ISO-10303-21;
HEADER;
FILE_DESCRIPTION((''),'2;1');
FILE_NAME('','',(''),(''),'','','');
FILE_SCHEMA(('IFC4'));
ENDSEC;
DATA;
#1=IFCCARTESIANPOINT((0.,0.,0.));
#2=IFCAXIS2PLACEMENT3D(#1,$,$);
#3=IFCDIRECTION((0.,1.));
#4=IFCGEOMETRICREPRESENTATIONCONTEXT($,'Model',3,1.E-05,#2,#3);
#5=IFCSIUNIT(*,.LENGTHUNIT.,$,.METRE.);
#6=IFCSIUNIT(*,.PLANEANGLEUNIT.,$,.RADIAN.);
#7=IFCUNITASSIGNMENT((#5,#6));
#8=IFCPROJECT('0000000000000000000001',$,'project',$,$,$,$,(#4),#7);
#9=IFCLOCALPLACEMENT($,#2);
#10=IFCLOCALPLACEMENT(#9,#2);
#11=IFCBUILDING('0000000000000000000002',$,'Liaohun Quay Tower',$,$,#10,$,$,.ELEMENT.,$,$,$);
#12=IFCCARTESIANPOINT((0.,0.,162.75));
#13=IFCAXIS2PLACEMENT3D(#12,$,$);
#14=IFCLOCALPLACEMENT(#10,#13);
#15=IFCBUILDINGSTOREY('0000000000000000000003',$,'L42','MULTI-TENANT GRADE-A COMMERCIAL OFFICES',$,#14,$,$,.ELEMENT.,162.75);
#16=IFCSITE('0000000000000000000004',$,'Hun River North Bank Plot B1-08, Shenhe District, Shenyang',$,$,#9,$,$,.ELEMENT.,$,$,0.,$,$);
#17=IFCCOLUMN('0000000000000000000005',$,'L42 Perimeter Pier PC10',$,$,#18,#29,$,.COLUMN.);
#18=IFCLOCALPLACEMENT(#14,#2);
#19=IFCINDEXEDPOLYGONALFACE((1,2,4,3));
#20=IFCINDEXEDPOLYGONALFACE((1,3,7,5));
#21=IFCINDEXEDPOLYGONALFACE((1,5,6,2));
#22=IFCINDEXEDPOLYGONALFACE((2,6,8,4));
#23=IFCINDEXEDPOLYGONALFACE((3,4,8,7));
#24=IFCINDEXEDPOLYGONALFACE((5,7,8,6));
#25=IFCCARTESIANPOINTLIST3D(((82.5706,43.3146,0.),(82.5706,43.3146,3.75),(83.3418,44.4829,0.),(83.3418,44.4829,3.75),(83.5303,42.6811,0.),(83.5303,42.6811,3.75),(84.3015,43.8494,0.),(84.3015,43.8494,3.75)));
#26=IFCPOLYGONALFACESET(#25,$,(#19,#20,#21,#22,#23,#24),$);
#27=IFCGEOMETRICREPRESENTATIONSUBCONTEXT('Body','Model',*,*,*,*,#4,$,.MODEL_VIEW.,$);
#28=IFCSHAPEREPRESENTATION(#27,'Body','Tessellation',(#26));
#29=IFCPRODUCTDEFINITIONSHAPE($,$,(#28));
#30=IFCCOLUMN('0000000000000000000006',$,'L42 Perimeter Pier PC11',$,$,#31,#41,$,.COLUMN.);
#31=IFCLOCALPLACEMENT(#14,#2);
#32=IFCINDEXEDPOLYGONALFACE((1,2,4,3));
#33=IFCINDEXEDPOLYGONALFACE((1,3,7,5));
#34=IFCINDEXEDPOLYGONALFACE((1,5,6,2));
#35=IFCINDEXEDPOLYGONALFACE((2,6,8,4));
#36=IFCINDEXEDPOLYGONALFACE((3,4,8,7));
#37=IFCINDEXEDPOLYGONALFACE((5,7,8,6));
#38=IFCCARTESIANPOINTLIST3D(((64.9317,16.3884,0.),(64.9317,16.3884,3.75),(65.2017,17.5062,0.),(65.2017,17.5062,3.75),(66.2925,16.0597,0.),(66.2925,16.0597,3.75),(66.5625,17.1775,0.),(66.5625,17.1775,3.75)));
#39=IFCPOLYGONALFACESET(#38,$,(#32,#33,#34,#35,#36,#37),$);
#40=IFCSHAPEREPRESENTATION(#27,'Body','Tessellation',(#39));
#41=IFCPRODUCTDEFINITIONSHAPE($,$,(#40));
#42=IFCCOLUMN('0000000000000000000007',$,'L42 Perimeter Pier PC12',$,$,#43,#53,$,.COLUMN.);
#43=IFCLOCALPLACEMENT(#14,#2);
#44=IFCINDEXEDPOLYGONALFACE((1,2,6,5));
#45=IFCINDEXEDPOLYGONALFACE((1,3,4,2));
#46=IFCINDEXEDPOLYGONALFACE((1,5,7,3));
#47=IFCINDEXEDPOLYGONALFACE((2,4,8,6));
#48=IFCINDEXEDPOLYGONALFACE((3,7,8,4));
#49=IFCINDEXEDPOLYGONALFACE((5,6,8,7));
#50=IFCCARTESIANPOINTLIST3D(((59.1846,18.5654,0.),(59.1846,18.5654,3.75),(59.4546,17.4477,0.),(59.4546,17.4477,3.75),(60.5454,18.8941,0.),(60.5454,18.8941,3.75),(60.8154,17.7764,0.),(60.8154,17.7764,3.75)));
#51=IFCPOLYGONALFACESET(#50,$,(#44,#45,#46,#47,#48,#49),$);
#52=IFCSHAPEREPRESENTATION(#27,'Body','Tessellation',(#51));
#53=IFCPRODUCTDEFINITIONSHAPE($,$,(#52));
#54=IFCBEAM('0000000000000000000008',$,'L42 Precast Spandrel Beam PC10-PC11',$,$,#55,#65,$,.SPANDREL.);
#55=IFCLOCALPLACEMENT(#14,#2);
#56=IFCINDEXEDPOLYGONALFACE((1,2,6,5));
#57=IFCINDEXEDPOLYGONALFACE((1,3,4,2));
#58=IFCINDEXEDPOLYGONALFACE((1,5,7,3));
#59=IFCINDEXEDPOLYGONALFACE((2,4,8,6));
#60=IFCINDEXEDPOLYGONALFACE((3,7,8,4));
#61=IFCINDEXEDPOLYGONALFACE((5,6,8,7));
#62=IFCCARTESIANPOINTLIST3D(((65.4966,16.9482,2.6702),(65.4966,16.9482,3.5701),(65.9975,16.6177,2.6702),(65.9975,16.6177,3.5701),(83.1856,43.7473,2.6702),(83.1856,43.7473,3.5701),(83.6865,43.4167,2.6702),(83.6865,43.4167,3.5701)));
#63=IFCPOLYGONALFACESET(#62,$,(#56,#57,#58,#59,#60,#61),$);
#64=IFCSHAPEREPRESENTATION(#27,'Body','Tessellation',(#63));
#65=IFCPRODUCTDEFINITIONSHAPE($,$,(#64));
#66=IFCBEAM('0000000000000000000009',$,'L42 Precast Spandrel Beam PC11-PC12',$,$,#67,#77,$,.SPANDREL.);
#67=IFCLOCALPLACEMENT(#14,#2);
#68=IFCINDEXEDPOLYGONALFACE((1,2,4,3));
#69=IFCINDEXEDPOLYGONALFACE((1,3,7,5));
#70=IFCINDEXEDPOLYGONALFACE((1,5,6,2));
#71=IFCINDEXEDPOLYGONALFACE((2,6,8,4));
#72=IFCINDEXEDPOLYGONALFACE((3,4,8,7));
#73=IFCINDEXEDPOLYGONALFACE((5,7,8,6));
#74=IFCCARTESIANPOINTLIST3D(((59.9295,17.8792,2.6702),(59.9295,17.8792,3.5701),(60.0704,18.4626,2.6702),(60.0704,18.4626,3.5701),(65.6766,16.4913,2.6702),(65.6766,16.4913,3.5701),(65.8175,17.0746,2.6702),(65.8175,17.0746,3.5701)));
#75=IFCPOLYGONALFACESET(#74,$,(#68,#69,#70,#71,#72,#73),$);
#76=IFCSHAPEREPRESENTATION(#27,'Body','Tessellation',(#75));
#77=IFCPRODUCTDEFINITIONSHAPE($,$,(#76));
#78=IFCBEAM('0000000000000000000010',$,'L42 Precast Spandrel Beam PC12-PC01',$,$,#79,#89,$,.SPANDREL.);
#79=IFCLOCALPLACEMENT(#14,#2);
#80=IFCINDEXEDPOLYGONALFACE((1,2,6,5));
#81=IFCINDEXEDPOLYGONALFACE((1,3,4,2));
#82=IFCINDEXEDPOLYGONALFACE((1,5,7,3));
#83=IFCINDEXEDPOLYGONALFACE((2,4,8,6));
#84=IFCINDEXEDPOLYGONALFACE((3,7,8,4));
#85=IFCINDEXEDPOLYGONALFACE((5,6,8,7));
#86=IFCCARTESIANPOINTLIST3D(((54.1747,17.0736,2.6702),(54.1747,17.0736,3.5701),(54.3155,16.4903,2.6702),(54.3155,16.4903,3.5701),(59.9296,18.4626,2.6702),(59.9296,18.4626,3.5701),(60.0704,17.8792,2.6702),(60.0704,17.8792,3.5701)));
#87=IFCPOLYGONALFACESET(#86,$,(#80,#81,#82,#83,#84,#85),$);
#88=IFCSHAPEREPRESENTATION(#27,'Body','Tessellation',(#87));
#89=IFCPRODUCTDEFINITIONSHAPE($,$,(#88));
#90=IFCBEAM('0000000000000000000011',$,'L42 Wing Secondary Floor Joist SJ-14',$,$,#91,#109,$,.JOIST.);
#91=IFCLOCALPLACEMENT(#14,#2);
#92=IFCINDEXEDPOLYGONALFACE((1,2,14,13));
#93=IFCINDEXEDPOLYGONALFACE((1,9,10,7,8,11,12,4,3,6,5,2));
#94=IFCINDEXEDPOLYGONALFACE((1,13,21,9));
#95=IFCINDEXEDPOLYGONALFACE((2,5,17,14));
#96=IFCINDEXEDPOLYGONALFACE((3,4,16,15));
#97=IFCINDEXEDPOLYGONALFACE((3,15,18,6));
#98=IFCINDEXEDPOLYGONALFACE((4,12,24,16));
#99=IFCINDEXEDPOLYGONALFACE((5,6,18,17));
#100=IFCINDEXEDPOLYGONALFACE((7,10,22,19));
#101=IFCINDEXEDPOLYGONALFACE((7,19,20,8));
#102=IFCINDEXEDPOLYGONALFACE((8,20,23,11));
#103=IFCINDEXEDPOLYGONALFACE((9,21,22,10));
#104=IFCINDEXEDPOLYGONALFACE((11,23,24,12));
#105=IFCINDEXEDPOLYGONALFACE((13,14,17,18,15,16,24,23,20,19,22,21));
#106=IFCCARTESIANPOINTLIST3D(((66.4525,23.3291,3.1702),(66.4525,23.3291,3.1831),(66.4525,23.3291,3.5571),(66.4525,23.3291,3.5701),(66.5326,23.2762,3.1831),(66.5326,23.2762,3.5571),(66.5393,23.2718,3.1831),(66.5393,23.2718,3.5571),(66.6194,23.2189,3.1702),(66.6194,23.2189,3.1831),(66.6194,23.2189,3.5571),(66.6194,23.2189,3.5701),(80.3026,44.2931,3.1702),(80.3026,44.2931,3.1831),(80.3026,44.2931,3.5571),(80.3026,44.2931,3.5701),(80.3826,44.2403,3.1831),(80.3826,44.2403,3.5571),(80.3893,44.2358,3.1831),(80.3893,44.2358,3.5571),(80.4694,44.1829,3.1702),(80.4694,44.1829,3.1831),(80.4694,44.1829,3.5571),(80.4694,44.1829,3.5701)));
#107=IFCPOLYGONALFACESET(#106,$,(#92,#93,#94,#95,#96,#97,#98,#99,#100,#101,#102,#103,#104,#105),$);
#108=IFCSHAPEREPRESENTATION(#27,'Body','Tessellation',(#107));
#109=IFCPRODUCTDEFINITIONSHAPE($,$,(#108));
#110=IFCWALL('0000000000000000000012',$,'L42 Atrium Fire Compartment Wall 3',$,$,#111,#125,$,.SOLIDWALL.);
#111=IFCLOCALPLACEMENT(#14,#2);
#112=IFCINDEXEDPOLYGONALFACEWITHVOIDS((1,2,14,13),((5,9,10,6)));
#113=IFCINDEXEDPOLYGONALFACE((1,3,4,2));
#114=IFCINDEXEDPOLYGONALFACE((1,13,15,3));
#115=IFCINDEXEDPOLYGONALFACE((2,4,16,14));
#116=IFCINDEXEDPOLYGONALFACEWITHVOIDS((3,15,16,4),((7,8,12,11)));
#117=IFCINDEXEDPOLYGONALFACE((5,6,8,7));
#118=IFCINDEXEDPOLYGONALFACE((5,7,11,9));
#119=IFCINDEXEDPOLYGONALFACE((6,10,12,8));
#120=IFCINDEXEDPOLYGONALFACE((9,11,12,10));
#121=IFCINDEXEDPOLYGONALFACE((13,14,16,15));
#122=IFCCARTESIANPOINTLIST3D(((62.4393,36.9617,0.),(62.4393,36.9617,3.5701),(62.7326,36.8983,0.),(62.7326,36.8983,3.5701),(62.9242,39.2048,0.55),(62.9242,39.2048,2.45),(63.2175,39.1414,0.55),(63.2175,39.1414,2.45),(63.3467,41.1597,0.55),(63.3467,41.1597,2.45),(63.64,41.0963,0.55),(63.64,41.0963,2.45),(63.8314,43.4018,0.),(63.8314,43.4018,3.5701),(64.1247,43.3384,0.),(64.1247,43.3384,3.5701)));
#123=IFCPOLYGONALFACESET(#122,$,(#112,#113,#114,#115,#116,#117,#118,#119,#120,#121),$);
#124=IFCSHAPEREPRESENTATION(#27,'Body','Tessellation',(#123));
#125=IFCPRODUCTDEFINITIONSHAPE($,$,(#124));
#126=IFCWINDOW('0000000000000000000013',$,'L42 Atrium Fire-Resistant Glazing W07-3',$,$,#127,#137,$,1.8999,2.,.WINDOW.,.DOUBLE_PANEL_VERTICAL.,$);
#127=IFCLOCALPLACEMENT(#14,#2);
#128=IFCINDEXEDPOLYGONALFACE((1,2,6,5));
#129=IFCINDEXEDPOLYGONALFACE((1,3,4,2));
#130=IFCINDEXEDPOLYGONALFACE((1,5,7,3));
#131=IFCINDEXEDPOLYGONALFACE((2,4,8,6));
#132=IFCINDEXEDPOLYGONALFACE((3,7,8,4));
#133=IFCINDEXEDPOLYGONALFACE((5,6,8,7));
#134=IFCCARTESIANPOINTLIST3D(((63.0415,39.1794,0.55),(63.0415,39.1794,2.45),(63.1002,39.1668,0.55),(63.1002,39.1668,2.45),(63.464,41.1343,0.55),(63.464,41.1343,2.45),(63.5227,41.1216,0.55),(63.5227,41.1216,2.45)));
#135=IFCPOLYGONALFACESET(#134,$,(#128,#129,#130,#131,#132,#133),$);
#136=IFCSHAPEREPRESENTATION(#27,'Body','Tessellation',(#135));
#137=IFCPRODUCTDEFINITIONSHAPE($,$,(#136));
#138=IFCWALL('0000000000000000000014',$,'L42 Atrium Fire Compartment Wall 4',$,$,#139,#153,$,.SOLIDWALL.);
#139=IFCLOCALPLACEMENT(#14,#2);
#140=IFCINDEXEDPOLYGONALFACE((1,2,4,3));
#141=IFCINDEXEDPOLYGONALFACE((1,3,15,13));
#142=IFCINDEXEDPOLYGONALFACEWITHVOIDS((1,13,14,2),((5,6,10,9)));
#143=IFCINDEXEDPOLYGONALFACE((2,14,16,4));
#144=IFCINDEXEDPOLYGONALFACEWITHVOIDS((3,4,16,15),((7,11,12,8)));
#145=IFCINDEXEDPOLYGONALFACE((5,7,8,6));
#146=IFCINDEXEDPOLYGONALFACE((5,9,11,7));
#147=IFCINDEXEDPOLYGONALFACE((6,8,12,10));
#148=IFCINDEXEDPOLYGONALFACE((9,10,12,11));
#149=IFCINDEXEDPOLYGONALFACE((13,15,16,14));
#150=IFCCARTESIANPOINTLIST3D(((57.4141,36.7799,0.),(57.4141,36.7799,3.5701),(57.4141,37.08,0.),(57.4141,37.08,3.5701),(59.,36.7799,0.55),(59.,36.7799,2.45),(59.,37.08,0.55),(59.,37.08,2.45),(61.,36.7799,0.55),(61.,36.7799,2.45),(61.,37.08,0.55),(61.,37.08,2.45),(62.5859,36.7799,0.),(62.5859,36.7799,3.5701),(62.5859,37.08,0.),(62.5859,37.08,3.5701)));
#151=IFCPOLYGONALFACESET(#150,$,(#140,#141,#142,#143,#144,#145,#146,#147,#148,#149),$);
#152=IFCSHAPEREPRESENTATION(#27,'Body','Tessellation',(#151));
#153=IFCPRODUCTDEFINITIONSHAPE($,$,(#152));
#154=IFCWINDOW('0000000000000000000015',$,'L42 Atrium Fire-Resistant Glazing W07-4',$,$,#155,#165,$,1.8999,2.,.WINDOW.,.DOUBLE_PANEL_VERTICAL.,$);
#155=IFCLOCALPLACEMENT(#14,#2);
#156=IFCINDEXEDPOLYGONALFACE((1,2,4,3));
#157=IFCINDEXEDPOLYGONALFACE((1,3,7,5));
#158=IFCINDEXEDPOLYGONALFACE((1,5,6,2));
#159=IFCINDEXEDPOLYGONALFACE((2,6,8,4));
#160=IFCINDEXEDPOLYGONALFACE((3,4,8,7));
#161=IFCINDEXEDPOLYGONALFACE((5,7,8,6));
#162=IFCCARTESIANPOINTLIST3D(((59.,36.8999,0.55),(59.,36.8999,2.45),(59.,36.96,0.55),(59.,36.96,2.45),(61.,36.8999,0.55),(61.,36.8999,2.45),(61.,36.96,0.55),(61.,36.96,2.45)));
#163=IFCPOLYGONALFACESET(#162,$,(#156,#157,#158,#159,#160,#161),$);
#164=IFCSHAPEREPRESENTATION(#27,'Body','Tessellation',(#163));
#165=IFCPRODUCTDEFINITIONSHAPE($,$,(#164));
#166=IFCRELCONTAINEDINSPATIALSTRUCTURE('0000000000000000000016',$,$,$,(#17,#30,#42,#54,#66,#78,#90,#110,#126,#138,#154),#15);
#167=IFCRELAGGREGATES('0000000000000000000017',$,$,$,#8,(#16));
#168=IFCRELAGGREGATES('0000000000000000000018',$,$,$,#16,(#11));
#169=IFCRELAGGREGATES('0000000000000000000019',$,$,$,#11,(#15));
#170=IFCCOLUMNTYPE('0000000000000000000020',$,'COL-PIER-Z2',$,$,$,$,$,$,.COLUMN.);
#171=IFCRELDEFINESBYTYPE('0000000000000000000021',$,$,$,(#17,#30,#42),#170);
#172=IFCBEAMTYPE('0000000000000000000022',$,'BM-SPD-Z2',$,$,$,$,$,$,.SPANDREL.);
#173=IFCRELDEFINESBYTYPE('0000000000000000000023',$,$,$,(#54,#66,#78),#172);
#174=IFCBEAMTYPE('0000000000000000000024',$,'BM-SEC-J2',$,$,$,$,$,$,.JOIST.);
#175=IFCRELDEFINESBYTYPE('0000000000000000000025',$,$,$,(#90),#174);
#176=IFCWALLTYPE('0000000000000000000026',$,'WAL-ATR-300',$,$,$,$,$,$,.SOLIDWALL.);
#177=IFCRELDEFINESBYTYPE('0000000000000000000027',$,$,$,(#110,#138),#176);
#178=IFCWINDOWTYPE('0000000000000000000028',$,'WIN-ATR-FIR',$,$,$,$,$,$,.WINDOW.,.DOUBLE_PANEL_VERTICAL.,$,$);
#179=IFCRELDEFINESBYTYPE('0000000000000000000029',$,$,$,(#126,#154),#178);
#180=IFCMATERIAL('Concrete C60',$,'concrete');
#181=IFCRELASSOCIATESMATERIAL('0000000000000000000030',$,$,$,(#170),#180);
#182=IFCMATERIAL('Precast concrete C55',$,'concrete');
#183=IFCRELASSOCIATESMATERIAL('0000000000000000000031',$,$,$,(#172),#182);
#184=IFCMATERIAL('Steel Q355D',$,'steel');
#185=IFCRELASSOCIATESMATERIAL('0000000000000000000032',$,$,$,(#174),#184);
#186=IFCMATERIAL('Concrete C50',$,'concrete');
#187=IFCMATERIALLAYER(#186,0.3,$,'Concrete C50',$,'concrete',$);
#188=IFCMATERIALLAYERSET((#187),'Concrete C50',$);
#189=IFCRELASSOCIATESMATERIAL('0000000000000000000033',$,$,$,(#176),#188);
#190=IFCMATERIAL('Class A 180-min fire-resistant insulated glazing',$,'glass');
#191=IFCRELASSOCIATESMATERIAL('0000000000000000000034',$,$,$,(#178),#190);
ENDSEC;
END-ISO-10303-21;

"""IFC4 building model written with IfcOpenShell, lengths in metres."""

from ifc_helpers import new_model, si_unit, direction, frame, frame_2d, origin, origin_2d, place, context, subcontext, project, spatial, rectangle, i_section, extrude, source, transform, mapped, material, layer, layer_set, material_profile, profile_set, type_object, element, fill, save


model = new_model("IFC4")

# Units and contexts
model_context = context("Model", 3, precision=1e-05, world=origin(), true_north=direction((0.0, 1.0)))
body_context = subcontext(model_context, "Body", "Model", "MODEL_VIEW")
ifc_project = project(units=[si_unit("LENGTHUNIT", "METRE"), si_unit("PLANEANGLEUNIT", "RADIAN")], contexts=[model_context])

# Site, building, storey
site_placement = place(None, origin())
site = spatial("IfcSite", under=ifc_project, at=site_placement, Name="Hun River North Bank Plot B1-08, Shenhe District, Shenyang", CompositionType="ELEMENT", RefElevation=0.0)
building_placement = place(site_placement, origin())
building = spatial("IfcBuilding", under=site, at=building_placement, Name="Liaohun Quay Tower", CompositionType="ELEMENT")
storey_placement = place(building_placement, frame((0.0, 0.0, 162.75)))
storey = spatial("IfcBuildingStorey", under=building, at=storey_placement, Name="L42", Description="MULTI-TENANT GRADE-A COMMERCIAL OFFICES", CompositionType="ELEMENT", Elevation=162.75)

# Columns
ifc_material_1 = material(Name="Concrete C60", Category="concrete")
ifc_material_profile_1 = material_profile(ifc_material_1, rectangle(XDim=1.3999, YDim=1.1499, at=origin_2d()), Name="RC1400x1150")
ifc_profile_set_1 = profile_set([ifc_material_profile_1], Name="Concrete C60")
column_type = type_object("IfcColumnType", Name="COL-PIER-Z2", PredefinedType="COLUMN", material=ifc_profile_set_1)
shared_shape_1 = source(origin(), body_context, "Body", "SweptSolid", [
    extrude(rectangle(XDim=1.3999, YDim=1.1499, at=origin_2d()), origin(), (0.0, 0.0, 1.0), 3.75),
])
for number, where, z_axis, x_axis, name in (
    (1, (83.436, 43.582, 0.0), (0.0, 0.0, 1.0), (0.550918, 0.83456, 0.0), "L42 Perimeter Pier PC10"),
    (2, (65.7471, 16.783, 0.0), (0.0, 0.0, 1.0), (-0.972043, 0.234803, 0.0), "L42 Perimeter Pier PC11"),
    (3, (60.0, 18.1709, 0.0), (0.0, 0.0, 1.0), (0.972043, 0.234803, 0.0), "L42 Perimeter Pier PC12"),
):
    element("IfcColumn", number, at=place(storey_placement, frame(where, z_axis=z_axis, x_axis=x_axis)), inside=storey, type_object=column_type, Name=name, PredefinedType="COLUMN", context=body_context, shape_type="MappedRepresentation", body=[
        mapped(shared_shape_1, transform((0.0, 0.0, 0.0), x_axis=(1.0, 0.0, 0.0), y_axis=(0.0, 1.0, 0.0), z_axis=(0.0, 0.0, 1.0), scale=1.0)),
    ])

# Beams
ifc_material_2 = material(Name="Precast concrete C55", Category="concrete")
ifc_material_profile_2 = material_profile(ifc_material_2, rectangle(XDim=0.6001, YDim=0.8999, at=origin_2d()), Name="RC600x900")
ifc_profile_set_2 = profile_set([ifc_material_profile_2], Name="Precast concrete C55")
beam_type_1 = type_object("IfcBeamType", Name="BM-SPD-Z2", PredefinedType="SPANDREL", material=ifc_profile_set_2)
shared_shape_2 = source(origin(), body_context, "Body", "SweptSolid", [
    extrude(rectangle(XDim=0.6001, YDim=0.8999, at=origin_2d()), origin(), (0.0, 0.0, 1.0), 32.1106),
])
beam_1_placement = place(storey_placement, frame((83.436, 43.582, 3.1201), z_axis=(-0.550876, -0.834587, 0.0), x_axis=(0.834587, -0.550876, 0.0)))
element("IfcBeam", 4, at=beam_1_placement, inside=storey, type_object=beam_type_1, Name="L42 Precast Spandrel Beam PC10-PC11", PredefinedType="SPANDREL", context=body_context, shape_type="MappedRepresentation", body=[
    mapped(shared_shape_2, transform((0.0, 0.0, 0.0), x_axis=(1.0, 0.0, 0.0), y_axis=(0.0, 1.0, 0.0), z_axis=(0.0, 0.0, 1.0), scale=1.0)),
])
shared_shape_3 = source(origin(), body_context, "Body", "SweptSolid", [
    extrude(rectangle(XDim=0.6001, YDim=0.8999, at=origin_2d()), origin(), (0.0, 0.0, 1.0), 5.9124),
])
beam_2_placement = place(storey_placement, frame((65.7471, 16.783, 3.1201), z_axis=(-0.972055, 0.234755, 0.0), x_axis=(-0.234755, -0.972055, 0.0)))
element("IfcBeam", 5, at=beam_2_placement, inside=storey, type_object=beam_type_1, Name="L42 Precast Spandrel Beam PC11-PC12", PredefinedType="SPANDREL", context=body_context, shape_type="MappedRepresentation", body=[
    mapped(shared_shape_3, transform((0.0, 0.0, 0.0), x_axis=(1.0, 0.0, 0.0), y_axis=(0.0, 1.0, 0.0), z_axis=(0.0, 0.0, 1.0), scale=1.0)),
])
shared_shape_4 = source(origin(), body_context, "Body", "SweptSolid", [
    extrude(rectangle(XDim=0.6001, YDim=0.8999, at=origin_2d()), origin(), (0.0, 0.0, 1.0), 5.9202),
])
beam_3_placement = place(storey_placement, frame((60.0, 18.1709, 3.1201), z_axis=(-0.97209, -0.23461, 0.0), x_axis=(0.23461, -0.97209, 0.0)))
element("IfcBeam", 6, at=beam_3_placement, inside=storey, type_object=beam_type_1, Name="L42 Precast Spandrel Beam PC12-PC01", PredefinedType="SPANDREL", context=body_context, shape_type="MappedRepresentation", body=[
    mapped(shared_shape_4, transform((0.0, 0.0, 0.0), x_axis=(1.0, 0.0, 0.0), y_axis=(0.0, 1.0, 0.0), z_axis=(0.0, 0.0, 1.0), scale=1.0)),
])
ifc_material_3 = material(Name="Steel Q355D", Category="steel")
ifc_material_profile_3 = material_profile(ifc_material_3, i_section(OverallWidth=0.2, OverallDepth=0.3999, WebThickness=0.0081, FlangeThickness=0.0129, at=origin_2d()), Name="HN400x200x8x13")
ifc_profile_set_3 = profile_set([ifc_material_profile_3], Name="Steel Q355D")
beam_type_2 = type_object("IfcBeamType", Name="BM-SEC-J2", PredefinedType="JOIST", material=ifc_profile_set_3)
shared_shape_5 = source(origin(), body_context, "Body", "SweptSolid", [
    extrude(i_section(OverallWidth=0.2, OverallDepth=0.3999, WebThickness=0.0081, FlangeThickness=0.0129, at=origin_2d()), origin(), (0.0, 0.0, 1.0), 25.126),
])
beam_4_placement = place(storey_placement, frame((80.386, 44.238, 3.3701), z_axis=(-0.551224, -0.834357, 0.0), x_axis=(0.834357, -0.551224, 0.0)))
element("IfcBeam", 7, at=beam_4_placement, inside=storey, type_object=beam_type_2, Name="L42 Wing Secondary Floor Joist SJ-14", PredefinedType="JOIST", context=body_context, shape_type="MappedRepresentation", body=[
    mapped(shared_shape_5, transform((0.0, 0.0, 0.0), x_axis=(1.0, 0.0, 0.0), y_axis=(0.0, 1.0, 0.0), z_axis=(0.0, 0.0, 1.0), scale=1.0)),
])

# Walls, openings, windows
ifc_material_4 = material(Name="Concrete C50", Category="concrete")
ifc_layer_1 = layer(ifc_material_4, 0.3, Name="Concrete C50", Category="concrete")
ifc_layer_set_1 = layer_set([ifc_layer_1], Name="Concrete C50")
wall_type_1 = type_object("IfcWallType", Name="WAL-ATR-300", PredefinedType="SOLIDWALL", material=ifc_layer_set_1)
wall_1_placement = place(storey_placement, frame((63.978, 43.3701, 0.0), z_axis=(0.0, 0.0, 1.0), x_axis=(-0.211277, -0.977426, 0.0)))
wall_1 = element("IfcWall", 8, at=wall_1_placement, inside=storey, type_object=wall_type_1, Name="L42 Atrium Fire Compartment Wall 3", PredefinedType="SOLIDWALL", context=body_context, shape_type="SweptSolid", body=[
    extrude(rectangle(XDim=6.5889, YDim=0.3, at=frame_2d((3.2944, 0.0))), origin(), (0.0, 0.0, 1.0), 3.5701),
])
shared_shape_6 = source(origin(), body_context, "Body", "SweptSolid", [
    extrude(rectangle(XDim=2.0, YDim=1.8999, at=frame_2d((1.0, 0.95))), frame((0.0, 0.1599, 0.0), z_axis=(0.0, -1.0, 0.0), x_axis=(1.0, 0.0, 0.0)), (0.0, 0.0, 1.0), 0.3201),
])
opening_1_placement = place(wall_1_placement, frame((2.2939, 0.0, 0.55)))
opening_1 = element("IfcOpeningElement", 9, at=opening_1_placement, cuts=wall_1, PredefinedType="OPENING", context=body_context, shape_type="MappedRepresentation", body=[
    mapped(shared_shape_6, transform((0.0, 0.0, 0.0), x_axis=(1.0, 0.0, 0.0), y_axis=(0.0, 1.0, 0.0), z_axis=(0.0, 0.0, 1.0), scale=1.0)),
])
ifc_material_5 = material(Name="Class A 180-min fire-resistant insulated glazing", Category="glass")
window_type_1 = type_object("IfcWindowType", Name="WIN-ATR-FIR", PartitioningType="DOUBLE_PANEL_VERTICAL", PredefinedType="WINDOW", material=ifc_material_5)
shared_shape_7 = source(origin(), body_context, "Body", "SweptSolid", [
    extrude(rectangle(XDim=2.0, YDim=1.8999, at=frame_2d((1.0, 0.95))), frame((0.0, 0.03, 0.0), z_axis=(0.0, -1.0, 0.0), x_axis=(1.0, 0.0, 0.0)), (0.0, 0.0, 1.0), 0.0601),
])
window_1_placement = place(opening_1_placement, origin())
window_1 = element("IfcWindow", 10, at=window_1_placement, inside=storey, type_object=window_type_1, Name="L42 Atrium Fire-Resistant Glazing W07-3", OverallHeight=1.8999, OverallWidth=2.0, PartitioningType="DOUBLE_PANEL_VERTICAL", PredefinedType="WINDOW", context=body_context, shape_type="MappedRepresentation", body=[
    mapped(shared_shape_7, transform((0.0, 0.0, 0.0), x_axis=(1.0, 0.0, 0.0), y_axis=(0.0, 1.0, 0.0), z_axis=(0.0, 0.0, 1.0), scale=1.0)),
])
fill(opening_1, window_1)
wall_2_placement = place(storey_placement, frame((62.5859, 36.9299, 0.0), z_axis=(0.0, 0.0, 1.0), x_axis=(-1.0, 0.0, 0.0)))
wall_2 = element("IfcWall", 11, at=wall_2_placement, inside=storey, type_object=wall_type_1, Name="L42 Atrium Fire Compartment Wall 4", PredefinedType="SOLIDWALL", context=body_context, shape_type="SweptSolid", body=[
    extrude(rectangle(XDim=5.1719, YDim=0.3, at=frame_2d((2.5859, 0.0))), origin(), (0.0, 0.0, 1.0), 3.5701),
])
opening_2_placement = place(wall_2_placement, frame((1.5859, 0.0, 0.55)))
opening_2 = element("IfcOpeningElement", 12, at=opening_2_placement, cuts=wall_2, PredefinedType="OPENING", context=body_context, shape_type="MappedRepresentation", body=[
    mapped(shared_shape_6, transform((0.0, 0.0, 0.0), x_axis=(1.0, 0.0, 0.0), y_axis=(0.0, 1.0, 0.0), z_axis=(0.0, 0.0, 1.0), scale=1.0)),
])
window_2_placement = place(opening_2_placement, origin())
window_2 = element("IfcWindow", 13, at=window_2_placement, inside=storey, type_object=window_type_1, Name="L42 Atrium Fire-Resistant Glazing W07-4", OverallHeight=1.8999, OverallWidth=2.0, PartitioningType="DOUBLE_PANEL_VERTICAL", PredefinedType="WINDOW", context=body_context, shape_type="MappedRepresentation", body=[
    mapped(shared_shape_7, transform((0.0, 0.0, 0.0), x_axis=(1.0, 0.0, 0.0), y_axis=(0.0, 1.0, 0.0), z_axis=(0.0, 0.0, 1.0), scale=1.0)),
])
fill(opening_2, window_2)

save(model, "model.ifc")
